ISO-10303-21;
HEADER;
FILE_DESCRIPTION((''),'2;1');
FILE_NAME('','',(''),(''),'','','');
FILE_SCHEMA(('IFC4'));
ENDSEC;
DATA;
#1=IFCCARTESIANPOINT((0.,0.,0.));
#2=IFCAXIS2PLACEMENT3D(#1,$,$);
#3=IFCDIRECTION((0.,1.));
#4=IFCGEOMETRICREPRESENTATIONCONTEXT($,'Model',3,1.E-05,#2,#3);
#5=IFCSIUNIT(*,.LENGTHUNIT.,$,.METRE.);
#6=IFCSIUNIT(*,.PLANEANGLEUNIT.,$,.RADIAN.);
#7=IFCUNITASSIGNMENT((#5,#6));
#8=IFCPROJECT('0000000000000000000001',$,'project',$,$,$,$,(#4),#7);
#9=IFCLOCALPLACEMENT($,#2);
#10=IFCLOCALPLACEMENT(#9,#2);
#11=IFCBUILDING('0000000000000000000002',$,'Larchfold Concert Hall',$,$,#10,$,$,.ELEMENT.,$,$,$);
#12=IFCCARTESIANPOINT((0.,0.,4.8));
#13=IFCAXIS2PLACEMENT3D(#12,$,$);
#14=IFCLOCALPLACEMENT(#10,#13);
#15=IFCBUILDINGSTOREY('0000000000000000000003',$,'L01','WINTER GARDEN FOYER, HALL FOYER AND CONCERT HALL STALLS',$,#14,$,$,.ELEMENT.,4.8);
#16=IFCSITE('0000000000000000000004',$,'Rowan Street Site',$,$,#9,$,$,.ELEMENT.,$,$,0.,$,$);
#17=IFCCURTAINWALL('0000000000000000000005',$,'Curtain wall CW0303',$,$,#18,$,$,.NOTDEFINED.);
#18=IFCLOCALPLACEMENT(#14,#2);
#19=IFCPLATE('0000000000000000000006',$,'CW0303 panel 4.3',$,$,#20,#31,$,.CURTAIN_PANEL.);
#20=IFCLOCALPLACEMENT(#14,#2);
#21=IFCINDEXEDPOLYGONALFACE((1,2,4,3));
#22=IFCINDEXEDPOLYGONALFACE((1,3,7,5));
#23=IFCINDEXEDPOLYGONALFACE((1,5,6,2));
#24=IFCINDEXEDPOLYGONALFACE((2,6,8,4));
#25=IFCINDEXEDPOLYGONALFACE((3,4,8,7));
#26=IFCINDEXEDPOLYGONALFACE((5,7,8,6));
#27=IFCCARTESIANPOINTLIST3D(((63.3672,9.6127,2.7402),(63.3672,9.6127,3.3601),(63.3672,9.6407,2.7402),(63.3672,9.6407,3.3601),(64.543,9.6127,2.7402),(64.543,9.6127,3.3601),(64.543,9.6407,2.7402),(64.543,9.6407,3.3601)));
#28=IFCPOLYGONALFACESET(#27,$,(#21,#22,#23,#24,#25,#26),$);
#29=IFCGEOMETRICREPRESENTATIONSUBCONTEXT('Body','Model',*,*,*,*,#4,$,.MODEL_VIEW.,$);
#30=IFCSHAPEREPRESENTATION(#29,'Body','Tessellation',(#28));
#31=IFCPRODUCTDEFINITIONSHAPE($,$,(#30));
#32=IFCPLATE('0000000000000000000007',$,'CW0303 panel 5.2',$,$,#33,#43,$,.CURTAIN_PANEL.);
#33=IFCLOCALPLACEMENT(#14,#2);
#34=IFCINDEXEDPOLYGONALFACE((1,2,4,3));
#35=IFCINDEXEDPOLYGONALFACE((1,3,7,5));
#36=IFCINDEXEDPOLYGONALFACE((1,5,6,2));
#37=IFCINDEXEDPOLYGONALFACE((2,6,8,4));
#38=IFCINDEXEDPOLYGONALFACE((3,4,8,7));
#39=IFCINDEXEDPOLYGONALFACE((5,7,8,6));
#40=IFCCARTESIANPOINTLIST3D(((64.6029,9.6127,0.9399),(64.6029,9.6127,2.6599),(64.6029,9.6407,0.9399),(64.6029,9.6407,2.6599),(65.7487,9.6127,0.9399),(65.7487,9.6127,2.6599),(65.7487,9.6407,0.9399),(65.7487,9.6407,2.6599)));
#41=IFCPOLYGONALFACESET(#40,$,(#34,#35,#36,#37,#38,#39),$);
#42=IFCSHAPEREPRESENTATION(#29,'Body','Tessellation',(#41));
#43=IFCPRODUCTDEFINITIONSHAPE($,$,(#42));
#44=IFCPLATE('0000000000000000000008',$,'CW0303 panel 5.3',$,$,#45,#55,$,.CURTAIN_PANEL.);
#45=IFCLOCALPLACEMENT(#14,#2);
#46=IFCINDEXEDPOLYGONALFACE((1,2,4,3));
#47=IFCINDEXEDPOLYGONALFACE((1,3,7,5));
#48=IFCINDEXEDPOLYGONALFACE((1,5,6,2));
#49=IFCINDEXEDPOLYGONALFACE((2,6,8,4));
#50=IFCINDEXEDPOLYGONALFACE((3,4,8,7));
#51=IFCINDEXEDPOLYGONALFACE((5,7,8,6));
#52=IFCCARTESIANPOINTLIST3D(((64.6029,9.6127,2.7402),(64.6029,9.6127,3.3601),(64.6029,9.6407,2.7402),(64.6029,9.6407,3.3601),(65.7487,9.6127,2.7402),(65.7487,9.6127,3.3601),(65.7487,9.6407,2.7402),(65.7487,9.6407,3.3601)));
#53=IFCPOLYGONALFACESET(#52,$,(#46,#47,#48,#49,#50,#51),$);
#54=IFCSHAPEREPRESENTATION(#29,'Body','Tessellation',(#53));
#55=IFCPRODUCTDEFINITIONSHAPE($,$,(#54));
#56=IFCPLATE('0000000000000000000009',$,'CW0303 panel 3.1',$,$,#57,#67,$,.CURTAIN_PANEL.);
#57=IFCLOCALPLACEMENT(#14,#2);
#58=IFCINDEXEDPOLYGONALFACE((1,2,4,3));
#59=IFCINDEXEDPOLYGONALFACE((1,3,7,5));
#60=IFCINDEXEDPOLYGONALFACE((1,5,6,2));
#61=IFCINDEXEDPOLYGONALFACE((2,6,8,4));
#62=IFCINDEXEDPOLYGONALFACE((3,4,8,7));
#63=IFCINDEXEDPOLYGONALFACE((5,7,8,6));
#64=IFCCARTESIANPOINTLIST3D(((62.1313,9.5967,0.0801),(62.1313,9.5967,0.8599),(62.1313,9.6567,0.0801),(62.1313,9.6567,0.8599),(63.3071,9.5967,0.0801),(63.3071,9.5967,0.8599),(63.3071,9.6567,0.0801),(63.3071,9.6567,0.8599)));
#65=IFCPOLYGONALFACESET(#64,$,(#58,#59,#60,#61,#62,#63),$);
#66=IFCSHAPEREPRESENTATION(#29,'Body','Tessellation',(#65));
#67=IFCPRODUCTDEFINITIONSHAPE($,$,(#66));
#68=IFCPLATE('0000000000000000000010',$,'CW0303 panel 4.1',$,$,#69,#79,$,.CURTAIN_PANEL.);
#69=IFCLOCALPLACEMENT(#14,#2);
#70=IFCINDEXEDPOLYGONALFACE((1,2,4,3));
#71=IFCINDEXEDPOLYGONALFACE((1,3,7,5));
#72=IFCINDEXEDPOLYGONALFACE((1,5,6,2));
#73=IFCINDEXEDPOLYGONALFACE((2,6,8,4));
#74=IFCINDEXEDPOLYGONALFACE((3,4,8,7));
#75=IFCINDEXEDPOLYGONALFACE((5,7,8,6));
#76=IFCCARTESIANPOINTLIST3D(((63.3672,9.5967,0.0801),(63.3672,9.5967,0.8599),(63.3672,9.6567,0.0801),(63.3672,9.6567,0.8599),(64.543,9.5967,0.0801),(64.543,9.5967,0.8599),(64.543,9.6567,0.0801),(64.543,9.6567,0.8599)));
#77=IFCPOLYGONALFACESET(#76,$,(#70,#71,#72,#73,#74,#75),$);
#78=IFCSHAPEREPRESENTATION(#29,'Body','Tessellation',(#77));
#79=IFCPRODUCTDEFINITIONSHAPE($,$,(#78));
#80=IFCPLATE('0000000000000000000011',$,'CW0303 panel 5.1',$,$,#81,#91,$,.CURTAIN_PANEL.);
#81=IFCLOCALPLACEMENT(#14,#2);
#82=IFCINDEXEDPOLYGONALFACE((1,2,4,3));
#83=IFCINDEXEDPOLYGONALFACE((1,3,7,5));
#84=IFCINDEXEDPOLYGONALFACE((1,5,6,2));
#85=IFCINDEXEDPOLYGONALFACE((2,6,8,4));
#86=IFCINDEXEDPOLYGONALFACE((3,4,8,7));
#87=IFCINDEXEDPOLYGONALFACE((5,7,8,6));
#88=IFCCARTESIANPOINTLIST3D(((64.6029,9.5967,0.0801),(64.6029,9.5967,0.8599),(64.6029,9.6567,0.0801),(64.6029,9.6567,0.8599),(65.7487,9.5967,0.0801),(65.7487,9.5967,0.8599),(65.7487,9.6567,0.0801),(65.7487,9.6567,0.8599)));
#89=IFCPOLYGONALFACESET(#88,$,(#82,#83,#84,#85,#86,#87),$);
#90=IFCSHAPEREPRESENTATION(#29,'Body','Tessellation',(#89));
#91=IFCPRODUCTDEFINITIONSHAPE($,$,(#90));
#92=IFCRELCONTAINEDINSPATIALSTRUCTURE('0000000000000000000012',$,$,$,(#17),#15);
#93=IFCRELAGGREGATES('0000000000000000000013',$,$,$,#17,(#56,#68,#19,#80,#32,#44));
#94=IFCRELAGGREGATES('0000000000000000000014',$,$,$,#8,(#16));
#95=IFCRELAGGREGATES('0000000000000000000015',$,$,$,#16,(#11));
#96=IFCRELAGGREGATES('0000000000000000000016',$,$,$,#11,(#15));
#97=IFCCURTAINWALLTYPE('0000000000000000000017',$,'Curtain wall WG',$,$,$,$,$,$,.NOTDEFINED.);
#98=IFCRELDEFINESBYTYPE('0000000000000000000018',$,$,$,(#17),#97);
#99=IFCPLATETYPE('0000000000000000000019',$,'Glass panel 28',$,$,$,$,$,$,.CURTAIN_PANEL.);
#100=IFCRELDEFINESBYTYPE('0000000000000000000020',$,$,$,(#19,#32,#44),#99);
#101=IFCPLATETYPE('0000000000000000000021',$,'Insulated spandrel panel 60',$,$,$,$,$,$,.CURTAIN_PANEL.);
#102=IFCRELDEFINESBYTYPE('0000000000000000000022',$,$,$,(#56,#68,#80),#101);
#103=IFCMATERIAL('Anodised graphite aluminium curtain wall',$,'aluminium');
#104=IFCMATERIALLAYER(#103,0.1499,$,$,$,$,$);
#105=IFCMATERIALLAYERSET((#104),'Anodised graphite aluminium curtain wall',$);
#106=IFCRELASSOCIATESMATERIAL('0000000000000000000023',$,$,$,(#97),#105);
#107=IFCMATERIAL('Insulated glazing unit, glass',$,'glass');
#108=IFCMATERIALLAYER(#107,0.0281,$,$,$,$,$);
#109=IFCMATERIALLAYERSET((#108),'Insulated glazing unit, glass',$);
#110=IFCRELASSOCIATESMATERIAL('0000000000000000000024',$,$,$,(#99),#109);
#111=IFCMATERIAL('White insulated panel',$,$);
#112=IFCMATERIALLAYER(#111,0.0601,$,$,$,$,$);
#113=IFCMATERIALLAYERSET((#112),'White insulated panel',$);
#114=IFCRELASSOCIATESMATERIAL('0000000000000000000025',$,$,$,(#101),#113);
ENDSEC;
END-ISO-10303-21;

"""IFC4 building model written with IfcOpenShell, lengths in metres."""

from ifc_helpers import new_model, si_unit, direction, frame, origin, origin_2d, place, context, subcontext, project, spatial, rectangle, extrude, material, layer, layer_set, type_object, element, aggregate, save


model = new_model("IFC4")

# Units and contexts
model_context = context("Model", 3, precision=1e-05, world=origin(), true_north=direction((0.0, 1.0)))
body_context = subcontext(model_context, "Body", "Model", "MODEL_VIEW")
ifc_project = project(units=[si_unit("LENGTHUNIT", "METRE"), si_unit("PLANEANGLEUNIT", "RADIAN")], contexts=[model_context])

# Site, building, storey
site_placement = place(None, origin())
site = spatial("IfcSite", under=ifc_project, at=site_placement, Name="Rowan Street Site", CompositionType="ELEMENT", RefElevation=0.0)
building_placement = place(site_placement, origin())
building = spatial("IfcBuilding", under=site, at=building_placement, Name="Larchfold Concert Hall", CompositionType="ELEMENT")
storey_placement = place(building_placement, frame((0.0, 0.0, 4.8)))
storey = spatial("IfcBuildingStorey", under=building, at=storey_placement, Name="L01", Description="WINTER GARDEN FOYER, HALL FOYER AND CONCERT HALL STALLS", CompositionType="ELEMENT", Elevation=4.8)

# Curtain wall
ifc_material_1 = material(Name="Anodised graphite aluminium curtain wall", Category="aluminium")
ifc_layer_1 = layer(ifc_material_1, 0.1499)
ifc_layer_set_1 = layer_set([ifc_layer_1], Name="Anodised graphite aluminium curtain wall")
curtain_wall_type = type_object("IfcCurtainWallType", Name="Curtain wall WG", PredefinedType="NOTDEFINED", material=ifc_layer_set_1)
curtain_wall_1_placement = place(storey_placement, origin())
curtain_wall_1 = element("IfcCurtainWall", 1, at=curtain_wall_1_placement, inside=storey, type_object=curtain_wall_type, Name="Curtain wall CW0303", PredefinedType="NOTDEFINED")

# Plates
ifc_material_2 = material(Name="Insulated glazing unit, glass", Category="glass")
ifc_layer_2 = layer(ifc_material_2, 0.0281)
ifc_layer_set_2 = layer_set([ifc_layer_2], Name="Insulated glazing unit, glass")
plate_type_1 = type_object("IfcPlateType", Name="Glass panel 28", PredefinedType="CURTAIN_PANEL", material=ifc_layer_set_2)
plate_1_placement = place(storey_placement, frame((63.9551, 9.6267, 2.7402), z_axis=(0.0, 0.0, 1.0), x_axis=(1.0, 0.0, 0.0)))
plate_1 = element("IfcPlate", 2, at=plate_1_placement, type_object=plate_type_1, Name="CW0303 panel 4.3", PredefinedType="CURTAIN_PANEL", context=body_context, shape_type="SweptSolid", body=[
    extrude(rectangle(XDim=1.1758, YDim=0.0281, at=origin_2d()), origin(), (0.0, 0.0, 1.0), 0.6199),
])
plate_2_placement = place(storey_placement, frame((65.1758, 9.6267, 0.9399), z_axis=(0.0, 0.0, 1.0), x_axis=(1.0, 0.0, 0.0)))
plate_2 = element("IfcPlate", 3, at=plate_2_placement, type_object=plate_type_1, Name="CW0303 panel 5.2", PredefinedType="CURTAIN_PANEL", context=body_context, shape_type="SweptSolid", body=[
    extrude(rectangle(XDim=1.1458, YDim=0.0281, at=origin_2d()), origin(), (0.0, 0.0, 1.0), 1.72),
])
plate_3_placement = place(storey_placement, frame((65.1758, 9.6267, 2.7402), z_axis=(0.0, 0.0, 1.0), x_axis=(1.0, 0.0, 0.0)))
plate_3 = element("IfcPlate", 4, at=plate_3_placement, type_object=plate_type_1, Name="CW0303 panel 5.3", PredefinedType="CURTAIN_PANEL", context=body_context, shape_type="SweptSolid", body=[
    extrude(rectangle(XDim=1.1458, YDim=0.0281, at=origin_2d()), origin(), (0.0, 0.0, 1.0), 0.6199),
])
ifc_material_3 = material(Name="White insulated panel")
ifc_layer_3 = layer(ifc_material_3, 0.0601)
ifc_layer_set_3 = layer_set([ifc_layer_3], Name="White insulated panel")
plate_type_2 = type_object("IfcPlateType", Name="Insulated spandrel panel 60", PredefinedType="CURTAIN_PANEL", material=ifc_layer_set_3)
plate_4_placement = place(storey_placement, frame((62.7192, 9.6267, 0.0801), z_axis=(0.0, 0.0, 1.0), x_axis=(1.0, 0.0, 0.0)))
plate_4 = element("IfcPlate", 5, at=plate_4_placement, type_object=plate_type_2, Name="CW0303 panel 3.1", PredefinedType="CURTAIN_PANEL", context=body_context, shape_type="SweptSolid", body=[
    extrude(rectangle(XDim=1.1758, YDim=0.0601, at=origin_2d()), origin(), (0.0, 0.0, 1.0), 0.7798),
])
plate_5_placement = place(storey_placement, frame((63.9551, 9.6267, 0.0801), z_axis=(0.0, 0.0, 1.0), x_axis=(1.0, 0.0, 0.0)))
plate_5 = element("IfcPlate", 6, at=plate_5_placement, type_object=plate_type_2, Name="CW0303 panel 4.1", PredefinedType="CURTAIN_PANEL", context=body_context, shape_type="SweptSolid", body=[
    extrude(rectangle(XDim=1.1758, YDim=0.0601, at=origin_2d()), origin(), (0.0, 0.0, 1.0), 0.7798),
])
plate_6_placement = place(storey_placement, frame((65.1758, 9.6267, 0.0801), z_axis=(0.0, 0.0, 1.0), x_axis=(1.0, 0.0, 0.0)))
plate_6 = element("IfcPlate", 7, at=plate_6_placement, type_object=plate_type_2, Name="CW0303 panel 5.1", PredefinedType="CURTAIN_PANEL", context=body_context, shape_type="SweptSolid", body=[
    extrude(rectangle(XDim=1.1458, YDim=0.0601, at=origin_2d()), origin(), (0.0, 0.0, 1.0), 0.7798),
])
aggregate(curtain_wall_1, [plate_4, plate_5, plate_1, plate_6, plate_2, plate_3])

save(model, "model.ifc")
